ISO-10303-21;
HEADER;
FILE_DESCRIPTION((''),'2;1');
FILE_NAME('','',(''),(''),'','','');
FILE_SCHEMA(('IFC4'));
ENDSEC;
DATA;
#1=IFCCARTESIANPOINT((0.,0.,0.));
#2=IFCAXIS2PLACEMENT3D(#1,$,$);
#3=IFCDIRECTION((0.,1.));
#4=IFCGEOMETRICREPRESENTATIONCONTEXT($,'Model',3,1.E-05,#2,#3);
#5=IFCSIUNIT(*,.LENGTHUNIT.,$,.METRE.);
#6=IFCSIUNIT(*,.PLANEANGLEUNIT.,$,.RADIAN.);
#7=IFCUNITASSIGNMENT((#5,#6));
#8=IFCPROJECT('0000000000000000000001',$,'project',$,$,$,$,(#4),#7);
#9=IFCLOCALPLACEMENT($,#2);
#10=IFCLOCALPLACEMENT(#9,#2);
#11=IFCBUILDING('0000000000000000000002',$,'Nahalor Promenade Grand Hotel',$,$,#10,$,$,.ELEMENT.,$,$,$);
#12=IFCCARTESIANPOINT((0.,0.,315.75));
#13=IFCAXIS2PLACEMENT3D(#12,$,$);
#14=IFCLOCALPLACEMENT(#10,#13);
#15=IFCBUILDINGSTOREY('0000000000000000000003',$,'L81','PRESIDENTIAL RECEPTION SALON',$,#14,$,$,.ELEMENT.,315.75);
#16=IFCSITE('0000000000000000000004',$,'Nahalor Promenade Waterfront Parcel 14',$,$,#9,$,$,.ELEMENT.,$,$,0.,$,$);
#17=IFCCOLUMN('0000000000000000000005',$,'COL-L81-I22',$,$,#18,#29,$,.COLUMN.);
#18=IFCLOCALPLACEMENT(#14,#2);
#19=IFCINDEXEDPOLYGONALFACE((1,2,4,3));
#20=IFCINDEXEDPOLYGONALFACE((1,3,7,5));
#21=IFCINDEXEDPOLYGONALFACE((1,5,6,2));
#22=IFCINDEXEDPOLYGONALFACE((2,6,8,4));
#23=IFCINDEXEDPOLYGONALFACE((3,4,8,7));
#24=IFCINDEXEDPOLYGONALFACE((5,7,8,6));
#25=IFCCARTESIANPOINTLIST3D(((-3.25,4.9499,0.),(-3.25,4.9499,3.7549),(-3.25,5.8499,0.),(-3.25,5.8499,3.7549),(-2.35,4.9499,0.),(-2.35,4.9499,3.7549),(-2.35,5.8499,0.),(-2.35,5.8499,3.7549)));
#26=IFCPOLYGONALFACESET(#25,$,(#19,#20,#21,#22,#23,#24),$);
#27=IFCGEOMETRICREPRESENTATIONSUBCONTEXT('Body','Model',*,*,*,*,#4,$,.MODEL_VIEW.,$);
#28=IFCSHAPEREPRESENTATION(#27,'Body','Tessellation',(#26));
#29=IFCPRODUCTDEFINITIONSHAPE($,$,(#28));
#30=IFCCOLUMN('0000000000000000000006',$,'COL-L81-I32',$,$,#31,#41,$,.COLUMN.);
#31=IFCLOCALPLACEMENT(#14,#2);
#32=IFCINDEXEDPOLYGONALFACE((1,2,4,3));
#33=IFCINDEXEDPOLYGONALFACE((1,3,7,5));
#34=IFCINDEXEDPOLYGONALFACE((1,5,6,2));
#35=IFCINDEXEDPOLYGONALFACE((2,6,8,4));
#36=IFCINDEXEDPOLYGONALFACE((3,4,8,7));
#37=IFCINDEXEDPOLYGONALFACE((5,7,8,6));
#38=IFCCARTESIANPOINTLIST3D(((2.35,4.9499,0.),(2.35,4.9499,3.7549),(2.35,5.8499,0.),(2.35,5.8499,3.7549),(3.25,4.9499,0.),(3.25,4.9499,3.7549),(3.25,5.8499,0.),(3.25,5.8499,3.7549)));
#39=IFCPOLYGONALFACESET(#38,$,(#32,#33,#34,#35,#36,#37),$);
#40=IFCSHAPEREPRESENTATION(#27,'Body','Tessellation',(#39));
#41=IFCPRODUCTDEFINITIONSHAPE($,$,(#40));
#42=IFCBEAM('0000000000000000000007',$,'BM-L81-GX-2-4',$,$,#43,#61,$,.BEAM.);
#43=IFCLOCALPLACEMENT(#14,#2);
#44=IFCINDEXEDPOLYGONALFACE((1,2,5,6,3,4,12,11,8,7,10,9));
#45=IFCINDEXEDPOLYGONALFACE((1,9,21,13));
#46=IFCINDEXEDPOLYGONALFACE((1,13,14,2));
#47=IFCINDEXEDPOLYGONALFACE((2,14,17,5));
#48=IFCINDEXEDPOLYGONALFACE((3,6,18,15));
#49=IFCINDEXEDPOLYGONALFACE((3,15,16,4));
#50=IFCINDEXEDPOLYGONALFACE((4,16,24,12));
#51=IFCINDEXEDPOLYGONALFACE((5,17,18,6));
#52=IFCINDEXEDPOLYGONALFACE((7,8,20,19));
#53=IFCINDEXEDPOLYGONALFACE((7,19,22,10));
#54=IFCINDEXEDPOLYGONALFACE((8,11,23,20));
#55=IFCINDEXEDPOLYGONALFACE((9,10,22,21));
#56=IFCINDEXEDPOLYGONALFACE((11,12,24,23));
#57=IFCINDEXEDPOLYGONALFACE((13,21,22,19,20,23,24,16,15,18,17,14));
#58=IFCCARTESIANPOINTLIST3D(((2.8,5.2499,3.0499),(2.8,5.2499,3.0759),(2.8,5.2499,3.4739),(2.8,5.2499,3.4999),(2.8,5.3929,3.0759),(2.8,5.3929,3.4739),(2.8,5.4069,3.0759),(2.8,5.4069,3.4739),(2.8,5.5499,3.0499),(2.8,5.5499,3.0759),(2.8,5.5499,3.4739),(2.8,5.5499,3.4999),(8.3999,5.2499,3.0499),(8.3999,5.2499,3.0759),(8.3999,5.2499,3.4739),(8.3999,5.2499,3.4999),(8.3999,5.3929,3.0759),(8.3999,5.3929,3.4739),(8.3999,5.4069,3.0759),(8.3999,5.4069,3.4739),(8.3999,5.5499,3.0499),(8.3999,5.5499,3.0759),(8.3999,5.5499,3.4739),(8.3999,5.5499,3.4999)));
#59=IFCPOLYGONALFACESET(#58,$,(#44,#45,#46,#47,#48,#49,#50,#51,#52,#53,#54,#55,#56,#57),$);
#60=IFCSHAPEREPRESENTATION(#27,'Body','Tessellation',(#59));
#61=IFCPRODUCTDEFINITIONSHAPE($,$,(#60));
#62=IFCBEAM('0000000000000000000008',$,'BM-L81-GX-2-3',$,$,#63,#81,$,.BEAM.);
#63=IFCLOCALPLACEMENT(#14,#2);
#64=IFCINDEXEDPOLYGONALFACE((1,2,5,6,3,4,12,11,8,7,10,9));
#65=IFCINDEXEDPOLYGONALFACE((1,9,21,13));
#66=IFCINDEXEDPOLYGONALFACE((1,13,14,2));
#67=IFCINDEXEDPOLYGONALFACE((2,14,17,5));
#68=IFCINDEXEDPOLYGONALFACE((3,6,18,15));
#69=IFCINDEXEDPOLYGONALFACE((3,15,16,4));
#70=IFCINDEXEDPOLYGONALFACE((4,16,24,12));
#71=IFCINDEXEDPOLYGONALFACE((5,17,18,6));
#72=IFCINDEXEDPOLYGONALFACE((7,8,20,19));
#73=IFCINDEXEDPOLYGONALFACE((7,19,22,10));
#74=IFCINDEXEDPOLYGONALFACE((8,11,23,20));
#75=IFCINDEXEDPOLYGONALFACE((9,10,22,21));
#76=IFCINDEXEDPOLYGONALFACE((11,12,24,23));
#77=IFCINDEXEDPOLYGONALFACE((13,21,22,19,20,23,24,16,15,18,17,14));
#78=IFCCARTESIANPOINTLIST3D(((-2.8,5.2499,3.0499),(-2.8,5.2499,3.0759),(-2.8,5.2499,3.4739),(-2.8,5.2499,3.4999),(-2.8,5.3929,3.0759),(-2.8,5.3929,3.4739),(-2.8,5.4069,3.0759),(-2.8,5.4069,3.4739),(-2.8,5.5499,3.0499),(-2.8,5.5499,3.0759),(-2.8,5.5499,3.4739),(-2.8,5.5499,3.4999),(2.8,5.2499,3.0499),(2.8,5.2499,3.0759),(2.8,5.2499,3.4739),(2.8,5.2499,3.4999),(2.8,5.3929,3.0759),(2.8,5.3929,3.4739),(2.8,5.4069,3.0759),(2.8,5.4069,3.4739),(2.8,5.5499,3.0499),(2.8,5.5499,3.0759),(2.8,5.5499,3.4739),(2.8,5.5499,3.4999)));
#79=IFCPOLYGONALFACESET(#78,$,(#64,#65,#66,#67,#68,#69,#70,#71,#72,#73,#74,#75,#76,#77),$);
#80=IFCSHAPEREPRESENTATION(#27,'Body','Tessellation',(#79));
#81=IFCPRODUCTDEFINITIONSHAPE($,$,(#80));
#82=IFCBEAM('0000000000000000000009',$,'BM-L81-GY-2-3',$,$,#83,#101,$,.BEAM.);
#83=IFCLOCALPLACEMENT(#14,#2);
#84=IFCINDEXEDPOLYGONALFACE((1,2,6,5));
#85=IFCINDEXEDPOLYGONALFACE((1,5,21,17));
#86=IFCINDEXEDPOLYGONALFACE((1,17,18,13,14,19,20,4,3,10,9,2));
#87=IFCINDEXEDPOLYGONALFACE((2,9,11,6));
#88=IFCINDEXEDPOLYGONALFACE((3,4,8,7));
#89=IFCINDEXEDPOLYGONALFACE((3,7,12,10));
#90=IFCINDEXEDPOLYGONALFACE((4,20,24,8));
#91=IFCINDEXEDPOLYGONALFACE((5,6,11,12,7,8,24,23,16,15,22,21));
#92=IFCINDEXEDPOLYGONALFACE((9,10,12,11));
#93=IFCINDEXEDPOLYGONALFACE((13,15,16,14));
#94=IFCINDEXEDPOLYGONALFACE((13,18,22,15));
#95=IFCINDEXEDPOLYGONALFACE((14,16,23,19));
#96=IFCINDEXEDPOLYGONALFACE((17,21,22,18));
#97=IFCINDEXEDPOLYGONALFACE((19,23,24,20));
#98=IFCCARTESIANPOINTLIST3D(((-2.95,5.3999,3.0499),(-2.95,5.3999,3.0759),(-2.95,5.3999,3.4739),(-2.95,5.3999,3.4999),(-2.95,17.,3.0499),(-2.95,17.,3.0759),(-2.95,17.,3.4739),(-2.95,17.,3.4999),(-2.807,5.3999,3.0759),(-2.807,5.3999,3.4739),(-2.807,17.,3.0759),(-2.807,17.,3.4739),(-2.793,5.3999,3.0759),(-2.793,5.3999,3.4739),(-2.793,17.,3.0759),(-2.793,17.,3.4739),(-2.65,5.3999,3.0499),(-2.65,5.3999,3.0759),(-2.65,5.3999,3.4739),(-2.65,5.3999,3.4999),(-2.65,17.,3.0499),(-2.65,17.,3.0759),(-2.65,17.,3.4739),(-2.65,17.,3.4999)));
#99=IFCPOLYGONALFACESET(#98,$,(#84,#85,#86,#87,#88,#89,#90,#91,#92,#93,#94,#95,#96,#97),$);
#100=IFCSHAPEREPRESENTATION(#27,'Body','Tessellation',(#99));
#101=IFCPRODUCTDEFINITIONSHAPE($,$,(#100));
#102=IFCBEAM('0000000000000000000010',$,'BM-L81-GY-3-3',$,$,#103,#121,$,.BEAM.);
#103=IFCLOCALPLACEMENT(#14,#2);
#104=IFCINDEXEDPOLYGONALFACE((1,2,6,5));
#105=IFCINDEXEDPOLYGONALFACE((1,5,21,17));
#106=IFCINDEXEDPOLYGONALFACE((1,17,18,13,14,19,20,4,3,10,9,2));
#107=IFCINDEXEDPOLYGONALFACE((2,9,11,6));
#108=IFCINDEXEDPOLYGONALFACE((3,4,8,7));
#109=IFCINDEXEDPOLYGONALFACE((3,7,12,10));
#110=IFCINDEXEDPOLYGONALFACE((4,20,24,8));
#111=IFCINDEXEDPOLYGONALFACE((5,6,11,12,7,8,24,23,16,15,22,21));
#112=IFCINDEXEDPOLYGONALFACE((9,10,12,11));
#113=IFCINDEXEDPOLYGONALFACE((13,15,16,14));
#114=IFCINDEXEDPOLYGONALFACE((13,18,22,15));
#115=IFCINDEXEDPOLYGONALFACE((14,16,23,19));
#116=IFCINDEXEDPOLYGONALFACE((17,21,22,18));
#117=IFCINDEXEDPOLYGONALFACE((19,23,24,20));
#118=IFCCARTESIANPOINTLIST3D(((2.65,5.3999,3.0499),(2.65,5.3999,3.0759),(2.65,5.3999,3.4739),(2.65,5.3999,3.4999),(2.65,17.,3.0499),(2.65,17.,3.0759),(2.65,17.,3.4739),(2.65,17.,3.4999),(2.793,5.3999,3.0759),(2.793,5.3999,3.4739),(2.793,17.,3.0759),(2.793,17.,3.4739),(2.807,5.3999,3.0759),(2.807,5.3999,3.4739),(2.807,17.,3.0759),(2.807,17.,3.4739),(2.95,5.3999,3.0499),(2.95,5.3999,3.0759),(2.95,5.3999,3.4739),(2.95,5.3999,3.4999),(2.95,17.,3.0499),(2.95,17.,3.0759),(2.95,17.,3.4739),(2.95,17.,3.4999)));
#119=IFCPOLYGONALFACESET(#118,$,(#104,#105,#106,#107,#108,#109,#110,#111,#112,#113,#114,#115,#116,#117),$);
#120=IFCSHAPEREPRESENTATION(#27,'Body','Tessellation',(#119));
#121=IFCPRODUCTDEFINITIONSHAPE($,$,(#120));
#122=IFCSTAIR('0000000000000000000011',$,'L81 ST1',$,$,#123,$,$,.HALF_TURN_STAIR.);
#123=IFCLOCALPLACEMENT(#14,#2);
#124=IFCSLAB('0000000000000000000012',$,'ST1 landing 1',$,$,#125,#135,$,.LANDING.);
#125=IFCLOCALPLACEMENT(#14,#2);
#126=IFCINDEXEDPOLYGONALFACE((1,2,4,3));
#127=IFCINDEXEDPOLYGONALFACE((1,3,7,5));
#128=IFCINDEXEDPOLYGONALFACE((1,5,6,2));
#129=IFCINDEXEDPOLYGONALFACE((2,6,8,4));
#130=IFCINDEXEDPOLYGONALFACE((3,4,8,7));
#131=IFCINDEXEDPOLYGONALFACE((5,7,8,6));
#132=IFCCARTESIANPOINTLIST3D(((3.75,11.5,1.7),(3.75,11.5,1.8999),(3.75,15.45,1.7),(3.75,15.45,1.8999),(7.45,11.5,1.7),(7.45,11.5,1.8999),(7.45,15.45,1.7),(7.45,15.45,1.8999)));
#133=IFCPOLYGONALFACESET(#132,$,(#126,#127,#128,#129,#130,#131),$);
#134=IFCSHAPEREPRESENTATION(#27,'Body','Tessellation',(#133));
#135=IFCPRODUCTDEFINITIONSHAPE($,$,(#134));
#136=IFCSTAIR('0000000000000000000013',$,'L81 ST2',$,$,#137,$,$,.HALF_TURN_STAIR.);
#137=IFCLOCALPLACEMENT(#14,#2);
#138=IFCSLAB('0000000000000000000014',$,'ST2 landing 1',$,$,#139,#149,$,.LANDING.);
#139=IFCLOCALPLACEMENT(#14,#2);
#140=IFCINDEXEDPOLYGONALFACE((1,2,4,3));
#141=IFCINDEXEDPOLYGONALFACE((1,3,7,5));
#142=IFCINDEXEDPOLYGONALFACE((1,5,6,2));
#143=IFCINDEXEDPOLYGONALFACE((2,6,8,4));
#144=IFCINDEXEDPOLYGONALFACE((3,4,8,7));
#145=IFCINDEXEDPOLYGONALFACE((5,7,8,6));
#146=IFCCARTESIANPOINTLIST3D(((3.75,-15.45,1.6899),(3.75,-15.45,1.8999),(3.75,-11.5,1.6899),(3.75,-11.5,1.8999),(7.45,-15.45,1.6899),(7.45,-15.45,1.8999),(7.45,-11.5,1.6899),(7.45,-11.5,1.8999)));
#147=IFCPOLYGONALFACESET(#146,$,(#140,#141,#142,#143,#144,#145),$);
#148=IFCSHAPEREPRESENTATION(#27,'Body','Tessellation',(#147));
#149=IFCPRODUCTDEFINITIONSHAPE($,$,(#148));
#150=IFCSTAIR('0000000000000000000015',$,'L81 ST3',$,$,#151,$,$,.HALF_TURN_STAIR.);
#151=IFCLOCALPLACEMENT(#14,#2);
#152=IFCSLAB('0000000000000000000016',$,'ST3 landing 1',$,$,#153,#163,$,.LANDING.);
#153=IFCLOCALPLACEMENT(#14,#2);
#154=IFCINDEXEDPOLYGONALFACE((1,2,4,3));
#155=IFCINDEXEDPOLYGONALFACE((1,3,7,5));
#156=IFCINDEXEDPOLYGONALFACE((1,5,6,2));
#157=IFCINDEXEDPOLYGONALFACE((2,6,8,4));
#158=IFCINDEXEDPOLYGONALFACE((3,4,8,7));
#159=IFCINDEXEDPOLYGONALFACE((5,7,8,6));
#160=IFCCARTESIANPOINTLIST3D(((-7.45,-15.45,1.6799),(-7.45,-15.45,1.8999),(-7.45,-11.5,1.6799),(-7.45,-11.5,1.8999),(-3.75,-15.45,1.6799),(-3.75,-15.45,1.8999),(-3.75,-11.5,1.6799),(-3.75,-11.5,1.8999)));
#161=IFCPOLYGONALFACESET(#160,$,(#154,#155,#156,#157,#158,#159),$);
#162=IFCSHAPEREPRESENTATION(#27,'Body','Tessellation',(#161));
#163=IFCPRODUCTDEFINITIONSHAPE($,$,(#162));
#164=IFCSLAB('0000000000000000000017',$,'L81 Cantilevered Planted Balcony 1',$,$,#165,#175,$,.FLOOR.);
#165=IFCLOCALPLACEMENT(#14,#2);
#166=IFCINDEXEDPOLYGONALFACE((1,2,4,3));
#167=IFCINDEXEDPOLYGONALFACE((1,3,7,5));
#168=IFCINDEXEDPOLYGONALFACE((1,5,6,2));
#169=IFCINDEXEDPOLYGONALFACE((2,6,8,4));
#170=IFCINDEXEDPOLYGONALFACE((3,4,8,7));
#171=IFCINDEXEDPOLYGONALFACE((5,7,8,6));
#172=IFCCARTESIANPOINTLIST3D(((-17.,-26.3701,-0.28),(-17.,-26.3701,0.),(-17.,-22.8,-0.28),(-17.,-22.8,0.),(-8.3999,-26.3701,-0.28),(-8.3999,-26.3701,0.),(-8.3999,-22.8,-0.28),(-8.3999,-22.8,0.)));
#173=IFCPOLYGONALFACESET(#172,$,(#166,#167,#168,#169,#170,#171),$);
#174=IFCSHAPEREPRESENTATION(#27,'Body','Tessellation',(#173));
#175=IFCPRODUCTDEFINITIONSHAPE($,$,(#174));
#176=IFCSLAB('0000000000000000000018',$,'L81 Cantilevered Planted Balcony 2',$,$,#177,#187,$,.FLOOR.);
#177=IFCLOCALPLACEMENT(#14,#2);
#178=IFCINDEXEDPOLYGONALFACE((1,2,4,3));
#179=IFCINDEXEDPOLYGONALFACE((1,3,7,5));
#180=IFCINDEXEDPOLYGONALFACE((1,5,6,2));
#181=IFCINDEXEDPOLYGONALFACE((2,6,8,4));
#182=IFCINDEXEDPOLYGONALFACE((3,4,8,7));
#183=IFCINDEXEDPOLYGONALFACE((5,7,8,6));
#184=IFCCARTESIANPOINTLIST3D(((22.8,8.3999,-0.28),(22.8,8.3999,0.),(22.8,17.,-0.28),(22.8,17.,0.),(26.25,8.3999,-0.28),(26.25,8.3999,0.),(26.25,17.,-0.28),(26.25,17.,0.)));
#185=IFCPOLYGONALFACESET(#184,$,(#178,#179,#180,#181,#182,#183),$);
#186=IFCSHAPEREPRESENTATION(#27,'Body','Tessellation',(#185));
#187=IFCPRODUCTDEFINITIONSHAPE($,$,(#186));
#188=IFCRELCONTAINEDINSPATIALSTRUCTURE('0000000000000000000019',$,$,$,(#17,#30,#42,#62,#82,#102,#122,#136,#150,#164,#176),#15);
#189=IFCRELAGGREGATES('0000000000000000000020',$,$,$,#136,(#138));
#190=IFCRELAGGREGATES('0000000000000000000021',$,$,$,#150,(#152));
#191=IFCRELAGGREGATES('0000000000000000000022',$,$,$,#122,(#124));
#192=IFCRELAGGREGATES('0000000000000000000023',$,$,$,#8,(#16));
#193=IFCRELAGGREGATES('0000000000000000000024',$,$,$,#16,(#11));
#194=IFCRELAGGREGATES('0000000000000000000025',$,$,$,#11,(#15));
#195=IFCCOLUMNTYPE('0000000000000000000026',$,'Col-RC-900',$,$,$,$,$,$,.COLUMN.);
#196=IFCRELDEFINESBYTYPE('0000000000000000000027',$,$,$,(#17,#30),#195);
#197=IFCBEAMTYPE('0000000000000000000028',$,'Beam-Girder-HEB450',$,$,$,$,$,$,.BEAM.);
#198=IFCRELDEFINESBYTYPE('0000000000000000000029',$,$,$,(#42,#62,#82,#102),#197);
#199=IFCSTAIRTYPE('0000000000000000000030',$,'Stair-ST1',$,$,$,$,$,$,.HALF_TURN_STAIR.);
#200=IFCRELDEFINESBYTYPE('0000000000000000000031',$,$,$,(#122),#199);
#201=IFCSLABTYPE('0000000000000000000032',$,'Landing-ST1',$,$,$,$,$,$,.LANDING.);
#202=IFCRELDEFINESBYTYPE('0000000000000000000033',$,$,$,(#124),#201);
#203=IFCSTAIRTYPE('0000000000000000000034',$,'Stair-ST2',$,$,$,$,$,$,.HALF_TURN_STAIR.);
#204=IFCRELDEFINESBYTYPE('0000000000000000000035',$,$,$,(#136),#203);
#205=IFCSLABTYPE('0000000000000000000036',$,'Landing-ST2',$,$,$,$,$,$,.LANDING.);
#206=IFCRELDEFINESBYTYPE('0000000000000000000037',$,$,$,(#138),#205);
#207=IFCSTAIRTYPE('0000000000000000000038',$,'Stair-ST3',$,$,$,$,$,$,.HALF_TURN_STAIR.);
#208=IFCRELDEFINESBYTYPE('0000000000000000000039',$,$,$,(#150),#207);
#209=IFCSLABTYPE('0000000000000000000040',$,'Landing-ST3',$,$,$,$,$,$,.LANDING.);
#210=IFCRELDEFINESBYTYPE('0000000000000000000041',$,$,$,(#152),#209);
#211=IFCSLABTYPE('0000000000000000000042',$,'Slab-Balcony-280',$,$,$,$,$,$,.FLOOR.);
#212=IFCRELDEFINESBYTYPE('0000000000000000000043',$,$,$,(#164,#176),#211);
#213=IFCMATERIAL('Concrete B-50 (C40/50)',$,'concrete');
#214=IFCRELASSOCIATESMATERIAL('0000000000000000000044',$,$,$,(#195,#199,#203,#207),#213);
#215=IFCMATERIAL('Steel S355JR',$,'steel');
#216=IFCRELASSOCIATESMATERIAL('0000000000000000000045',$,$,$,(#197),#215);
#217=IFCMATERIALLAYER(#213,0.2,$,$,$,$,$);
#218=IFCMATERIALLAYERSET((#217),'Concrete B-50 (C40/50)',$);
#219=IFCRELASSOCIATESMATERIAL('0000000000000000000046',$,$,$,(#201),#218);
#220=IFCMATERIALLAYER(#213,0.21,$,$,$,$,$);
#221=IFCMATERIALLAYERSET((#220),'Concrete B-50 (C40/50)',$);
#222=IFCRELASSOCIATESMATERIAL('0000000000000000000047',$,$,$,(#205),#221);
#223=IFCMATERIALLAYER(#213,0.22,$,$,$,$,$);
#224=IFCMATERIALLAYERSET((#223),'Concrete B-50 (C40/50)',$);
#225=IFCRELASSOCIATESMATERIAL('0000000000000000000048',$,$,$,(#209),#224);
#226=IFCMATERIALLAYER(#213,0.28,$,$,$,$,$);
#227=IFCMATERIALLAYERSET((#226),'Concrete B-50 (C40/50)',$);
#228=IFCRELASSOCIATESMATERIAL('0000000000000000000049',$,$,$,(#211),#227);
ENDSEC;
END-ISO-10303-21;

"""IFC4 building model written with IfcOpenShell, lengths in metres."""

from ifc_helpers import new_model, si_unit, direction, frame, origin, origin_2d, place, context, subcontext, project, spatial, polyline, rectangle, i_section, outline, extrude, source, transform, mapped, material, layer, layer_set, material_profile, profile_set, type_object, element, aggregate, save


model = new_model("IFC4")

# Units and contexts
model_context = context("Model", 3, precision=1e-05, world=origin(), true_north=direction((0.0, 1.0)))
body_context = subcontext(model_context, "Body", "Model", "MODEL_VIEW")
ifc_project = project(units=[si_unit("LENGTHUNIT", "METRE"), si_unit("PLANEANGLEUNIT", "RADIAN")], contexts=[model_context])

# Site, building, storey
site_placement = place(None, origin())
site = spatial("IfcSite", under=ifc_project, at=site_placement, Name="Nahalor Promenade Waterfront Parcel 14", CompositionType="ELEMENT", RefElevation=0.0)
building_placement = place(site_placement, origin())
building = spatial("IfcBuilding", under=site, at=building_placement, Name="Nahalor Promenade Grand Hotel", CompositionType="ELEMENT")
storey_placement = place(building_placement, frame((0.0, 0.0, 315.75)))
storey = spatial("IfcBuildingStorey", under=building, at=storey_placement, Name="L81", Description="PRESIDENTIAL RECEPTION SALON", CompositionType="ELEMENT", Elevation=315.75)

# Columns
ifc_material_1 = material(Name="Concrete B-50 (C40/50)", Category="concrete")
ifc_material_profile_1 = material_profile(ifc_material_1, rectangle(XDim=0.9, YDim=0.9, at=origin_2d()), Name="RC 900x900")
ifc_profile_set_1 = profile_set([ifc_material_profile_1], Name="Concrete B-50 (C40/50)")
column_type = type_object("IfcColumnType", Name="Col-RC-900", PredefinedType="COLUMN", material=ifc_profile_set_1)
shared_shape_1 = source(origin(), body_context, "Body", "SweptSolid", [
    extrude(rectangle(XDim=0.9, YDim=0.9, at=origin_2d()), origin(), (0.0, 0.0, 1.0), 3.7549),
])
for number, where, z_axis, x_axis, name in (
    (1, (-2.8, 5.3999, 0.0), (0.0, 0.0, 1.0), (1.0, 0.0, 0.0), "COL-L81-I22"),
    (2, (2.8, 5.3999, 0.0), (0.0, 0.0, 1.0), (1.0, 0.0, 0.0), "COL-L81-I32"),
):
    element("IfcColumn", number, at=place(storey_placement, frame(where, z_axis=z_axis, x_axis=x_axis)), inside=storey, type_object=column_type, Name=name, PredefinedType="COLUMN", context=body_context, shape_type="MappedRepresentation", body=[
        mapped(shared_shape_1, transform((0.0, 0.0, 0.0), scale=1.0)),
    ])

# Beams
ifc_material_2 = material(Name="Steel S355JR", Category="steel")
ifc_material_profile_2 = material_profile(ifc_material_2, i_section(OverallWidth=0.3, OverallDepth=0.45, WebThickness=0.014, FlangeThickness=0.026, at=origin_2d()), Name="HEB 450")
ifc_profile_set_2 = profile_set([ifc_material_profile_2], Name="Steel S355JR")
beam_type = type_object("IfcBeamType", Name="Beam-Girder-HEB450", PredefinedType="BEAM", material=ifc_profile_set_2)
shared_shape_2 = source(origin(), body_context, "Body", "SweptSolid", [
    extrude(i_section(OverallWidth=0.3, OverallDepth=0.45, WebThickness=0.014, FlangeThickness=0.026, at=origin_2d()), origin(), (0.0, 0.0, 1.0), 5.5999),
])
beam_1_placement = place(storey_placement, frame((2.8, 5.3999, 3.2749), z_axis=(1.0, 0.0, 0.0), x_axis=(0.0, 1.0, 0.0)))
element("IfcBeam", 3, at=beam_1_placement, inside=storey, type_object=beam_type, Name="BM-L81-GX-2-4", PredefinedType="BEAM", context=body_context, shape_type="MappedRepresentation", body=[
    mapped(shared_shape_2, transform((0.0, 0.0, 0.0), scale=1.0)),
])
shared_shape_3 = source(origin(), body_context, "Body", "SweptSolid", [
    extrude(i_section(OverallWidth=0.3, OverallDepth=0.45, WebThickness=0.014, FlangeThickness=0.026, at=origin_2d()), origin(), (0.0, 0.0, 1.0), 5.6001),
])
beam_2_placement = place(storey_placement, frame((-2.8, 5.3999, 3.2749), z_axis=(1.0, 0.0, 0.0), x_axis=(0.0, 1.0, 0.0)))
element("IfcBeam", 4, at=beam_2_placement, inside=storey, type_object=beam_type, Name="BM-L81-GX-2-3", PredefinedType="BEAM", context=body_context, shape_type="MappedRepresentation", body=[
    mapped(shared_shape_3, transform((0.0, 0.0, 0.0), scale=1.0)),
])
shared_shape_4 = source(origin(), body_context, "Body", "SweptSolid", [
    extrude(i_section(OverallWidth=0.3, OverallDepth=0.45, WebThickness=0.014, FlangeThickness=0.026, at=origin_2d()), origin(), (0.0, 0.0, 1.0), 11.6001),
])
for number, where, z_axis, x_axis, name in (
    (5, (-2.8, 5.3999, 3.2749), (0.0, 1.0, 0.0), (-1.0, 0.0, 0.0), "BM-L81-GY-2-3"),
    (6, (2.8, 5.3999, 3.2749), (0.0, 1.0, 0.0), (-1.0, 0.0, 0.0), "BM-L81-GY-3-3"),
):
    element("IfcBeam", number, at=place(storey_placement, frame(where, z_axis=z_axis, x_axis=x_axis)), inside=storey, type_object=beam_type, Name=name, PredefinedType="BEAM", context=body_context, shape_type="MappedRepresentation", body=[
        mapped(shared_shape_4, transform((0.0, 0.0, 0.0), scale=1.0)),
    ])

# Stairs, slabs
stair_type_1 = type_object("IfcStairType", Name="Stair-ST1", PredefinedType="HALF_TURN_STAIR", material=ifc_material_1)
stair_1_placement = place(storey_placement, origin())
stair_1 = element("IfcStair", 7, at=stair_1_placement, inside=storey, type_object=stair_type_1, Name="L81 ST1", PredefinedType="HALF_TURN_STAIR")
ifc_layer_1 = layer(ifc_material_1, 0.2)
ifc_layer_set_1 = layer_set([ifc_layer_1], Name="Concrete B-50 (C40/50)")
slab_type_1 = type_object("IfcSlabType", Name="Landing-ST1", PredefinedType="LANDING", material=ifc_layer_set_1)
slab_1_placement = place(storey_placement, frame((0.0, 0.0, 1.7)))
slab_1 = element("IfcSlab", 8, at=slab_1_placement, type_object=slab_type_1, Name="ST1 landing 1", PredefinedType="LANDING", context=body_context, shape_type="SweptSolid", body=[
    extrude(outline(polyline([(7.45, 11.5), (7.45, 15.45), (3.75, 15.45), (3.75, 11.5), (7.45, 11.5)])), origin(), (0.0, 0.0, 1.0), 0.2),
])
stair_type_2 = type_object("IfcStairType", Name="Stair-ST2", PredefinedType="HALF_TURN_STAIR", material=ifc_material_1)
stair_2_placement = place(storey_placement, origin())
stair_2 = element("IfcStair", 9, at=stair_2_placement, inside=storey, type_object=stair_type_2, Name="L81 ST2", PredefinedType="HALF_TURN_STAIR")
ifc_layer_2 = layer(ifc_material_1, 0.21)
ifc_layer_set_2 = layer_set([ifc_layer_2], Name="Concrete B-50 (C40/50)")
slab_type_2 = type_object("IfcSlabType", Name="Landing-ST2", PredefinedType="LANDING", material=ifc_layer_set_2)
slab_2_placement = place(storey_placement, frame((0.0, 0.0, 1.6899)))
slab_2 = element("IfcSlab", 10, at=slab_2_placement, type_object=slab_type_2, Name="ST2 landing 1", PredefinedType="LANDING", context=body_context, shape_type="SweptSolid", body=[
    extrude(outline(polyline([(3.75, -11.5), (3.75, -15.45), (7.45, -15.45), (7.45, -11.5), (3.75, -11.5)])), origin(), (0.0, 0.0, 1.0), 0.21),
])
aggregate(stair_2, [slab_2])
stair_type_3 = type_object("IfcStairType", Name="Stair-ST3", PredefinedType="HALF_TURN_STAIR", material=ifc_material_1)
stair_3_placement = place(storey_placement, origin())
stair_3 = element("IfcStair", 11, at=stair_3_placement, inside=storey, type_object=stair_type_3, Name="L81 ST3", PredefinedType="HALF_TURN_STAIR")
ifc_layer_3 = layer(ifc_material_1, 0.22)
ifc_layer_set_3 = layer_set([ifc_layer_3], Name="Concrete B-50 (C40/50)")
slab_type_3 = type_object("IfcSlabType", Name="Landing-ST3", PredefinedType="LANDING", material=ifc_layer_set_3)
slab_3_placement = place(storey_placement, frame((0.0, 0.0, 1.6799)))
slab_3 = element("IfcSlab", 12, at=slab_3_placement, type_object=slab_type_3, Name="ST3 landing 1", PredefinedType="LANDING", context=body_context, shape_type="SweptSolid", body=[
    extrude(outline(polyline([(-7.45, -11.5), (-7.45, -15.45), (-3.75, -15.45), (-3.75, -11.5), (-7.45, -11.5)])), origin(), (0.0, 0.0, 1.0), 0.22),
])
aggregate(stair_3, [slab_3])

# Slabs
ifc_layer_4 = layer(ifc_material_1, 0.28)
ifc_layer_set_4 = layer_set([ifc_layer_4], Name="Concrete B-50 (C40/50)")
slab_type_4 = type_object("IfcSlabType", Name="Slab-Balcony-280", PredefinedType="FLOOR", material=ifc_layer_set_4)
slab_4_placement = place(storey_placement, frame((0.0, 0.0, -0.28)))
element("IfcSlab", 13, at=slab_4_placement, inside=storey, type_object=slab_type_4, Name="L81 Cantilevered Planted Balcony 1", PredefinedType="FLOOR", context=body_context, shape_type="SweptSolid", body=[
    extrude(outline(polyline([(-17.0, -26.3701), (-8.3999, -26.3701), (-8.3999, -22.8), (-17.0, -22.8), (-17.0, -26.3701)])), origin(), (0.0, 0.0, 1.0), 0.28),
])
slab_5_placement = place(storey_placement, frame((0.0, 0.0, -0.28)))
element("IfcSlab", 14, at=slab_5_placement, inside=storey, type_object=slab_type_4, Name="L81 Cantilevered Planted Balcony 2", PredefinedType="FLOOR", context=body_context, shape_type="SweptSolid", body=[
    extrude(outline(polyline([(22.8, 8.3999), (26.25, 8.3999), (26.25, 17.0), (22.8, 17.0), (22.8, 8.3999)])), origin(), (0.0, 0.0, 1.0), 0.28),
])

aggregate(stair_1, [slab_1])

save(model, "model.ifc")
